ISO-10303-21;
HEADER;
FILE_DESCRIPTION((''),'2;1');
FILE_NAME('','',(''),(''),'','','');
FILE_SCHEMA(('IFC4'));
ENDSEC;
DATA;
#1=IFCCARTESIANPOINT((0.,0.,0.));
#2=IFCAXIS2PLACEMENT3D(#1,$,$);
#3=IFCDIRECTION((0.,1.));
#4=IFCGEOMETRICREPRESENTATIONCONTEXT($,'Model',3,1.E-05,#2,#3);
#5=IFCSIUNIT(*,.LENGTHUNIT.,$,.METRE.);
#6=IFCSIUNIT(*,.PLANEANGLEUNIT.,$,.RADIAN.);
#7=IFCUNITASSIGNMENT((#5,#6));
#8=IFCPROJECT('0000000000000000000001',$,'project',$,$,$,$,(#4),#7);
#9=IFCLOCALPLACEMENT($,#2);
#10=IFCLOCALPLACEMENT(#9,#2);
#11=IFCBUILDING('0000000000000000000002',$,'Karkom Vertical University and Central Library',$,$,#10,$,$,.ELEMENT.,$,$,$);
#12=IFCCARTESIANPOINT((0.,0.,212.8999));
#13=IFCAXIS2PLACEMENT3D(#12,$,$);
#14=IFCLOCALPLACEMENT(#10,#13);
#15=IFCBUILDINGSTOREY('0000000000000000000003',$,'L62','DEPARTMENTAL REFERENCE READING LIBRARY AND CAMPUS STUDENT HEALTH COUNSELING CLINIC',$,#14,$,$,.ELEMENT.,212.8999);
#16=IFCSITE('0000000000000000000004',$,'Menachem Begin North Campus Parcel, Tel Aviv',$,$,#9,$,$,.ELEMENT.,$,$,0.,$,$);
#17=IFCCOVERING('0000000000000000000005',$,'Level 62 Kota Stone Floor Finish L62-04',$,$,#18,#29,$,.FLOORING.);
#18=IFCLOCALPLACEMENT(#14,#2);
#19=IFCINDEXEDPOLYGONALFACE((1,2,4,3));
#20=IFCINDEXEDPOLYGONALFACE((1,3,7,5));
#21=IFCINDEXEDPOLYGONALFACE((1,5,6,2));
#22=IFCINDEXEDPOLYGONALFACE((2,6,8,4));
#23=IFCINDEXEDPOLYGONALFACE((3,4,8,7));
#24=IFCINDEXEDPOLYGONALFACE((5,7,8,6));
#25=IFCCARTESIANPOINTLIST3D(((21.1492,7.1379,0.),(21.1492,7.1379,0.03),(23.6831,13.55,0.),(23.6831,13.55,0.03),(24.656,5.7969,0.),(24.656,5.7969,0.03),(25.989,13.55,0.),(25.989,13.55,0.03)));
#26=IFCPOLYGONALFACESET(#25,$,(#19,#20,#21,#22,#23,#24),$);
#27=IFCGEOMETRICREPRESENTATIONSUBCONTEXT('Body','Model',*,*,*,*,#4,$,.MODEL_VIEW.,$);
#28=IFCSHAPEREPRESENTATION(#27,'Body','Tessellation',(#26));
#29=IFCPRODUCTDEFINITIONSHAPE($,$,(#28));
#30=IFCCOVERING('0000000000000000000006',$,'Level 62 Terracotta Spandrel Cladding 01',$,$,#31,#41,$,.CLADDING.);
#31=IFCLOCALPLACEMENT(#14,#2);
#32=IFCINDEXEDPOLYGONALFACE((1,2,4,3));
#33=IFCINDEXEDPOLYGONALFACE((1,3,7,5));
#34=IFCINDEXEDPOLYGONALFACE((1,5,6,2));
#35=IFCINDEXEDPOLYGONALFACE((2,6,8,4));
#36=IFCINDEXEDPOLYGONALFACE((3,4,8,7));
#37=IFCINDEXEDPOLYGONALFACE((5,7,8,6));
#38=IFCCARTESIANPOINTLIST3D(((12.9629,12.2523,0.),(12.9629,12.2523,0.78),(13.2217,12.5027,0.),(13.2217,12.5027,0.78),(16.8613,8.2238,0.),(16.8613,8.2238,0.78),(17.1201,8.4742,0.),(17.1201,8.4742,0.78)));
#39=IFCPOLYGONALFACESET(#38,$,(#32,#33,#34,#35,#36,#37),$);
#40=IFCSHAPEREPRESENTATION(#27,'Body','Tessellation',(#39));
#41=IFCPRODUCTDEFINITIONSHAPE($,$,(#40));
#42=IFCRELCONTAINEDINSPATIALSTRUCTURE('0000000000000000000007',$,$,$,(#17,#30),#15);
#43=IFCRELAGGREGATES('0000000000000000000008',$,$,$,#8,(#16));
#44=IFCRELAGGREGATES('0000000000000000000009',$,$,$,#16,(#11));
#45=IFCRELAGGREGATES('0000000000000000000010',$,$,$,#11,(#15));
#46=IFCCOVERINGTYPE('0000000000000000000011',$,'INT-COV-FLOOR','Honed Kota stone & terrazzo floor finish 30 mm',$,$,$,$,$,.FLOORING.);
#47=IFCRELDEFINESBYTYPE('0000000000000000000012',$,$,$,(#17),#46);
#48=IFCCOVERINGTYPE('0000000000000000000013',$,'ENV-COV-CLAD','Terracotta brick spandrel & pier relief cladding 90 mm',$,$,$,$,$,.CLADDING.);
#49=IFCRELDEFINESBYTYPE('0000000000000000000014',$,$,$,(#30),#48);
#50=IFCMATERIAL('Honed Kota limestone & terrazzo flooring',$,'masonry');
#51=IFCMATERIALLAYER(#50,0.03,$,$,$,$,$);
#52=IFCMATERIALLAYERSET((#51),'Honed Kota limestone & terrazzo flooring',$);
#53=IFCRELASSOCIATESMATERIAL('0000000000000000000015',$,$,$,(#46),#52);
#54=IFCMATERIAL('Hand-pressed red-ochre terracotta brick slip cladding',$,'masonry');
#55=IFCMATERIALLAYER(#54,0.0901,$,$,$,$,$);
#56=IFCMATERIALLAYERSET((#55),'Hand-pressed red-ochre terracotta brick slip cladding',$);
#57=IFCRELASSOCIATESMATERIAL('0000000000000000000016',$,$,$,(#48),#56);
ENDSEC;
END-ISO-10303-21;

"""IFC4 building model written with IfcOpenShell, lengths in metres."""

from ifc_helpers import new_model, si_unit, direction, frame, origin, origin_with_axes, origin_2d, place, context, subcontext, project, spatial, polyline, rectangle, outline, extrude, source, transform, mapped, material, layer, layer_set, type_object, element, save


model = new_model("IFC4")

# Units and contexts
model_context = context("Model", 3, precision=1e-05, world=origin(), true_north=direction((0.0, 1.0)))
body_context = subcontext(model_context, "Body", "Model", "MODEL_VIEW")
ifc_project = project(units=[si_unit("LENGTHUNIT", "METRE"), si_unit("PLANEANGLEUNIT", "RADIAN")], contexts=[model_context])

# Site, building, storey
site_placement = place(None, origin())
site = spatial("IfcSite", under=ifc_project, at=site_placement, Name="Menachem Begin North Campus Parcel, Tel Aviv", CompositionType="ELEMENT", RefElevation=0.0)
building_placement = place(site_placement, origin())
building = spatial("IfcBuilding", under=site, at=building_placement, Name="Karkom Vertical University and Central Library", CompositionType="ELEMENT")
storey_placement = place(building_placement, frame((0.0, 0.0, 212.8999)))
storey = spatial("IfcBuildingStorey", under=building, at=storey_placement, Name="L62", Description="DEPARTMENTAL REFERENCE READING LIBRARY AND CAMPUS STUDENT HEALTH COUNSELING CLINIC", CompositionType="ELEMENT", Elevation=212.8999)

# Coverings
ifc_material_1 = material(Name="Honed Kota limestone & terrazzo flooring", Category="masonry")
ifc_layer_1 = layer(ifc_material_1, 0.03)
ifc_layer_set_1 = layer_set([ifc_layer_1], Name="Honed Kota limestone & terrazzo flooring")
covering_type_1 = type_object("IfcCoveringType", Name="INT-COV-FLOOR", Description="Honed Kota stone & terrazzo floor finish 30 mm", PredefinedType="FLOORING", material=ifc_layer_set_1)
covering_1_placement = place(storey_placement, origin())
element("IfcCovering", 1, at=covering_1_placement, inside=storey, type_object=covering_type_1, Name="Level 62 Kota Stone Floor Finish L62-04", PredefinedType="FLOORING", context=body_context, shape_type="SweptSolid", body=[
    extrude(outline(polyline([(21.1492, 7.1379), (23.6831, 13.55), (25.989, 13.55), (24.656, 5.7969), (21.1492, 7.1379)])), origin(), (0.0, 0.0, 1.0), 0.03),
])
ifc_material_2 = material(Name="Hand-pressed red-ochre terracotta brick slip cladding", Category="masonry")
ifc_layer_2 = layer(ifc_material_2, 0.0901)
ifc_layer_set_2 = layer_set([ifc_layer_2], Name="Hand-pressed red-ochre terracotta brick slip cladding")
covering_type_2 = type_object("IfcCoveringType", Name="ENV-COV-CLAD", Description="Terracotta brick spandrel & pier relief cladding 90 mm", PredefinedType="CLADDING", material=ifc_layer_set_2)
shared_shape_1 = source(origin_with_axes(), body_context, "Body", "SweptSolid", [
    extrude(rectangle(XDim=5.606, YDim=0.3601, at=origin_2d()), origin(), (0.0, 0.0, 1.0), 0.78),
])
covering_2_placement = place(storey_placement, frame((15.0415, 10.3633, 0.0), z_axis=(0.0, 0.0, 1.0), x_axis=(0.695411, -0.718612, 0.0)))
element("IfcCovering", 2, at=covering_2_placement, inside=storey, type_object=covering_type_2, Name="Level 62 Terracotta Spandrel Cladding 01", PredefinedType="CLADDING", context=body_context, shape_type="MappedRepresentation", body=[
    mapped(shared_shape_1, transform((0.0, 0.0, 0.0), scale=1.0)),
])

save(model, "model.ifc")
